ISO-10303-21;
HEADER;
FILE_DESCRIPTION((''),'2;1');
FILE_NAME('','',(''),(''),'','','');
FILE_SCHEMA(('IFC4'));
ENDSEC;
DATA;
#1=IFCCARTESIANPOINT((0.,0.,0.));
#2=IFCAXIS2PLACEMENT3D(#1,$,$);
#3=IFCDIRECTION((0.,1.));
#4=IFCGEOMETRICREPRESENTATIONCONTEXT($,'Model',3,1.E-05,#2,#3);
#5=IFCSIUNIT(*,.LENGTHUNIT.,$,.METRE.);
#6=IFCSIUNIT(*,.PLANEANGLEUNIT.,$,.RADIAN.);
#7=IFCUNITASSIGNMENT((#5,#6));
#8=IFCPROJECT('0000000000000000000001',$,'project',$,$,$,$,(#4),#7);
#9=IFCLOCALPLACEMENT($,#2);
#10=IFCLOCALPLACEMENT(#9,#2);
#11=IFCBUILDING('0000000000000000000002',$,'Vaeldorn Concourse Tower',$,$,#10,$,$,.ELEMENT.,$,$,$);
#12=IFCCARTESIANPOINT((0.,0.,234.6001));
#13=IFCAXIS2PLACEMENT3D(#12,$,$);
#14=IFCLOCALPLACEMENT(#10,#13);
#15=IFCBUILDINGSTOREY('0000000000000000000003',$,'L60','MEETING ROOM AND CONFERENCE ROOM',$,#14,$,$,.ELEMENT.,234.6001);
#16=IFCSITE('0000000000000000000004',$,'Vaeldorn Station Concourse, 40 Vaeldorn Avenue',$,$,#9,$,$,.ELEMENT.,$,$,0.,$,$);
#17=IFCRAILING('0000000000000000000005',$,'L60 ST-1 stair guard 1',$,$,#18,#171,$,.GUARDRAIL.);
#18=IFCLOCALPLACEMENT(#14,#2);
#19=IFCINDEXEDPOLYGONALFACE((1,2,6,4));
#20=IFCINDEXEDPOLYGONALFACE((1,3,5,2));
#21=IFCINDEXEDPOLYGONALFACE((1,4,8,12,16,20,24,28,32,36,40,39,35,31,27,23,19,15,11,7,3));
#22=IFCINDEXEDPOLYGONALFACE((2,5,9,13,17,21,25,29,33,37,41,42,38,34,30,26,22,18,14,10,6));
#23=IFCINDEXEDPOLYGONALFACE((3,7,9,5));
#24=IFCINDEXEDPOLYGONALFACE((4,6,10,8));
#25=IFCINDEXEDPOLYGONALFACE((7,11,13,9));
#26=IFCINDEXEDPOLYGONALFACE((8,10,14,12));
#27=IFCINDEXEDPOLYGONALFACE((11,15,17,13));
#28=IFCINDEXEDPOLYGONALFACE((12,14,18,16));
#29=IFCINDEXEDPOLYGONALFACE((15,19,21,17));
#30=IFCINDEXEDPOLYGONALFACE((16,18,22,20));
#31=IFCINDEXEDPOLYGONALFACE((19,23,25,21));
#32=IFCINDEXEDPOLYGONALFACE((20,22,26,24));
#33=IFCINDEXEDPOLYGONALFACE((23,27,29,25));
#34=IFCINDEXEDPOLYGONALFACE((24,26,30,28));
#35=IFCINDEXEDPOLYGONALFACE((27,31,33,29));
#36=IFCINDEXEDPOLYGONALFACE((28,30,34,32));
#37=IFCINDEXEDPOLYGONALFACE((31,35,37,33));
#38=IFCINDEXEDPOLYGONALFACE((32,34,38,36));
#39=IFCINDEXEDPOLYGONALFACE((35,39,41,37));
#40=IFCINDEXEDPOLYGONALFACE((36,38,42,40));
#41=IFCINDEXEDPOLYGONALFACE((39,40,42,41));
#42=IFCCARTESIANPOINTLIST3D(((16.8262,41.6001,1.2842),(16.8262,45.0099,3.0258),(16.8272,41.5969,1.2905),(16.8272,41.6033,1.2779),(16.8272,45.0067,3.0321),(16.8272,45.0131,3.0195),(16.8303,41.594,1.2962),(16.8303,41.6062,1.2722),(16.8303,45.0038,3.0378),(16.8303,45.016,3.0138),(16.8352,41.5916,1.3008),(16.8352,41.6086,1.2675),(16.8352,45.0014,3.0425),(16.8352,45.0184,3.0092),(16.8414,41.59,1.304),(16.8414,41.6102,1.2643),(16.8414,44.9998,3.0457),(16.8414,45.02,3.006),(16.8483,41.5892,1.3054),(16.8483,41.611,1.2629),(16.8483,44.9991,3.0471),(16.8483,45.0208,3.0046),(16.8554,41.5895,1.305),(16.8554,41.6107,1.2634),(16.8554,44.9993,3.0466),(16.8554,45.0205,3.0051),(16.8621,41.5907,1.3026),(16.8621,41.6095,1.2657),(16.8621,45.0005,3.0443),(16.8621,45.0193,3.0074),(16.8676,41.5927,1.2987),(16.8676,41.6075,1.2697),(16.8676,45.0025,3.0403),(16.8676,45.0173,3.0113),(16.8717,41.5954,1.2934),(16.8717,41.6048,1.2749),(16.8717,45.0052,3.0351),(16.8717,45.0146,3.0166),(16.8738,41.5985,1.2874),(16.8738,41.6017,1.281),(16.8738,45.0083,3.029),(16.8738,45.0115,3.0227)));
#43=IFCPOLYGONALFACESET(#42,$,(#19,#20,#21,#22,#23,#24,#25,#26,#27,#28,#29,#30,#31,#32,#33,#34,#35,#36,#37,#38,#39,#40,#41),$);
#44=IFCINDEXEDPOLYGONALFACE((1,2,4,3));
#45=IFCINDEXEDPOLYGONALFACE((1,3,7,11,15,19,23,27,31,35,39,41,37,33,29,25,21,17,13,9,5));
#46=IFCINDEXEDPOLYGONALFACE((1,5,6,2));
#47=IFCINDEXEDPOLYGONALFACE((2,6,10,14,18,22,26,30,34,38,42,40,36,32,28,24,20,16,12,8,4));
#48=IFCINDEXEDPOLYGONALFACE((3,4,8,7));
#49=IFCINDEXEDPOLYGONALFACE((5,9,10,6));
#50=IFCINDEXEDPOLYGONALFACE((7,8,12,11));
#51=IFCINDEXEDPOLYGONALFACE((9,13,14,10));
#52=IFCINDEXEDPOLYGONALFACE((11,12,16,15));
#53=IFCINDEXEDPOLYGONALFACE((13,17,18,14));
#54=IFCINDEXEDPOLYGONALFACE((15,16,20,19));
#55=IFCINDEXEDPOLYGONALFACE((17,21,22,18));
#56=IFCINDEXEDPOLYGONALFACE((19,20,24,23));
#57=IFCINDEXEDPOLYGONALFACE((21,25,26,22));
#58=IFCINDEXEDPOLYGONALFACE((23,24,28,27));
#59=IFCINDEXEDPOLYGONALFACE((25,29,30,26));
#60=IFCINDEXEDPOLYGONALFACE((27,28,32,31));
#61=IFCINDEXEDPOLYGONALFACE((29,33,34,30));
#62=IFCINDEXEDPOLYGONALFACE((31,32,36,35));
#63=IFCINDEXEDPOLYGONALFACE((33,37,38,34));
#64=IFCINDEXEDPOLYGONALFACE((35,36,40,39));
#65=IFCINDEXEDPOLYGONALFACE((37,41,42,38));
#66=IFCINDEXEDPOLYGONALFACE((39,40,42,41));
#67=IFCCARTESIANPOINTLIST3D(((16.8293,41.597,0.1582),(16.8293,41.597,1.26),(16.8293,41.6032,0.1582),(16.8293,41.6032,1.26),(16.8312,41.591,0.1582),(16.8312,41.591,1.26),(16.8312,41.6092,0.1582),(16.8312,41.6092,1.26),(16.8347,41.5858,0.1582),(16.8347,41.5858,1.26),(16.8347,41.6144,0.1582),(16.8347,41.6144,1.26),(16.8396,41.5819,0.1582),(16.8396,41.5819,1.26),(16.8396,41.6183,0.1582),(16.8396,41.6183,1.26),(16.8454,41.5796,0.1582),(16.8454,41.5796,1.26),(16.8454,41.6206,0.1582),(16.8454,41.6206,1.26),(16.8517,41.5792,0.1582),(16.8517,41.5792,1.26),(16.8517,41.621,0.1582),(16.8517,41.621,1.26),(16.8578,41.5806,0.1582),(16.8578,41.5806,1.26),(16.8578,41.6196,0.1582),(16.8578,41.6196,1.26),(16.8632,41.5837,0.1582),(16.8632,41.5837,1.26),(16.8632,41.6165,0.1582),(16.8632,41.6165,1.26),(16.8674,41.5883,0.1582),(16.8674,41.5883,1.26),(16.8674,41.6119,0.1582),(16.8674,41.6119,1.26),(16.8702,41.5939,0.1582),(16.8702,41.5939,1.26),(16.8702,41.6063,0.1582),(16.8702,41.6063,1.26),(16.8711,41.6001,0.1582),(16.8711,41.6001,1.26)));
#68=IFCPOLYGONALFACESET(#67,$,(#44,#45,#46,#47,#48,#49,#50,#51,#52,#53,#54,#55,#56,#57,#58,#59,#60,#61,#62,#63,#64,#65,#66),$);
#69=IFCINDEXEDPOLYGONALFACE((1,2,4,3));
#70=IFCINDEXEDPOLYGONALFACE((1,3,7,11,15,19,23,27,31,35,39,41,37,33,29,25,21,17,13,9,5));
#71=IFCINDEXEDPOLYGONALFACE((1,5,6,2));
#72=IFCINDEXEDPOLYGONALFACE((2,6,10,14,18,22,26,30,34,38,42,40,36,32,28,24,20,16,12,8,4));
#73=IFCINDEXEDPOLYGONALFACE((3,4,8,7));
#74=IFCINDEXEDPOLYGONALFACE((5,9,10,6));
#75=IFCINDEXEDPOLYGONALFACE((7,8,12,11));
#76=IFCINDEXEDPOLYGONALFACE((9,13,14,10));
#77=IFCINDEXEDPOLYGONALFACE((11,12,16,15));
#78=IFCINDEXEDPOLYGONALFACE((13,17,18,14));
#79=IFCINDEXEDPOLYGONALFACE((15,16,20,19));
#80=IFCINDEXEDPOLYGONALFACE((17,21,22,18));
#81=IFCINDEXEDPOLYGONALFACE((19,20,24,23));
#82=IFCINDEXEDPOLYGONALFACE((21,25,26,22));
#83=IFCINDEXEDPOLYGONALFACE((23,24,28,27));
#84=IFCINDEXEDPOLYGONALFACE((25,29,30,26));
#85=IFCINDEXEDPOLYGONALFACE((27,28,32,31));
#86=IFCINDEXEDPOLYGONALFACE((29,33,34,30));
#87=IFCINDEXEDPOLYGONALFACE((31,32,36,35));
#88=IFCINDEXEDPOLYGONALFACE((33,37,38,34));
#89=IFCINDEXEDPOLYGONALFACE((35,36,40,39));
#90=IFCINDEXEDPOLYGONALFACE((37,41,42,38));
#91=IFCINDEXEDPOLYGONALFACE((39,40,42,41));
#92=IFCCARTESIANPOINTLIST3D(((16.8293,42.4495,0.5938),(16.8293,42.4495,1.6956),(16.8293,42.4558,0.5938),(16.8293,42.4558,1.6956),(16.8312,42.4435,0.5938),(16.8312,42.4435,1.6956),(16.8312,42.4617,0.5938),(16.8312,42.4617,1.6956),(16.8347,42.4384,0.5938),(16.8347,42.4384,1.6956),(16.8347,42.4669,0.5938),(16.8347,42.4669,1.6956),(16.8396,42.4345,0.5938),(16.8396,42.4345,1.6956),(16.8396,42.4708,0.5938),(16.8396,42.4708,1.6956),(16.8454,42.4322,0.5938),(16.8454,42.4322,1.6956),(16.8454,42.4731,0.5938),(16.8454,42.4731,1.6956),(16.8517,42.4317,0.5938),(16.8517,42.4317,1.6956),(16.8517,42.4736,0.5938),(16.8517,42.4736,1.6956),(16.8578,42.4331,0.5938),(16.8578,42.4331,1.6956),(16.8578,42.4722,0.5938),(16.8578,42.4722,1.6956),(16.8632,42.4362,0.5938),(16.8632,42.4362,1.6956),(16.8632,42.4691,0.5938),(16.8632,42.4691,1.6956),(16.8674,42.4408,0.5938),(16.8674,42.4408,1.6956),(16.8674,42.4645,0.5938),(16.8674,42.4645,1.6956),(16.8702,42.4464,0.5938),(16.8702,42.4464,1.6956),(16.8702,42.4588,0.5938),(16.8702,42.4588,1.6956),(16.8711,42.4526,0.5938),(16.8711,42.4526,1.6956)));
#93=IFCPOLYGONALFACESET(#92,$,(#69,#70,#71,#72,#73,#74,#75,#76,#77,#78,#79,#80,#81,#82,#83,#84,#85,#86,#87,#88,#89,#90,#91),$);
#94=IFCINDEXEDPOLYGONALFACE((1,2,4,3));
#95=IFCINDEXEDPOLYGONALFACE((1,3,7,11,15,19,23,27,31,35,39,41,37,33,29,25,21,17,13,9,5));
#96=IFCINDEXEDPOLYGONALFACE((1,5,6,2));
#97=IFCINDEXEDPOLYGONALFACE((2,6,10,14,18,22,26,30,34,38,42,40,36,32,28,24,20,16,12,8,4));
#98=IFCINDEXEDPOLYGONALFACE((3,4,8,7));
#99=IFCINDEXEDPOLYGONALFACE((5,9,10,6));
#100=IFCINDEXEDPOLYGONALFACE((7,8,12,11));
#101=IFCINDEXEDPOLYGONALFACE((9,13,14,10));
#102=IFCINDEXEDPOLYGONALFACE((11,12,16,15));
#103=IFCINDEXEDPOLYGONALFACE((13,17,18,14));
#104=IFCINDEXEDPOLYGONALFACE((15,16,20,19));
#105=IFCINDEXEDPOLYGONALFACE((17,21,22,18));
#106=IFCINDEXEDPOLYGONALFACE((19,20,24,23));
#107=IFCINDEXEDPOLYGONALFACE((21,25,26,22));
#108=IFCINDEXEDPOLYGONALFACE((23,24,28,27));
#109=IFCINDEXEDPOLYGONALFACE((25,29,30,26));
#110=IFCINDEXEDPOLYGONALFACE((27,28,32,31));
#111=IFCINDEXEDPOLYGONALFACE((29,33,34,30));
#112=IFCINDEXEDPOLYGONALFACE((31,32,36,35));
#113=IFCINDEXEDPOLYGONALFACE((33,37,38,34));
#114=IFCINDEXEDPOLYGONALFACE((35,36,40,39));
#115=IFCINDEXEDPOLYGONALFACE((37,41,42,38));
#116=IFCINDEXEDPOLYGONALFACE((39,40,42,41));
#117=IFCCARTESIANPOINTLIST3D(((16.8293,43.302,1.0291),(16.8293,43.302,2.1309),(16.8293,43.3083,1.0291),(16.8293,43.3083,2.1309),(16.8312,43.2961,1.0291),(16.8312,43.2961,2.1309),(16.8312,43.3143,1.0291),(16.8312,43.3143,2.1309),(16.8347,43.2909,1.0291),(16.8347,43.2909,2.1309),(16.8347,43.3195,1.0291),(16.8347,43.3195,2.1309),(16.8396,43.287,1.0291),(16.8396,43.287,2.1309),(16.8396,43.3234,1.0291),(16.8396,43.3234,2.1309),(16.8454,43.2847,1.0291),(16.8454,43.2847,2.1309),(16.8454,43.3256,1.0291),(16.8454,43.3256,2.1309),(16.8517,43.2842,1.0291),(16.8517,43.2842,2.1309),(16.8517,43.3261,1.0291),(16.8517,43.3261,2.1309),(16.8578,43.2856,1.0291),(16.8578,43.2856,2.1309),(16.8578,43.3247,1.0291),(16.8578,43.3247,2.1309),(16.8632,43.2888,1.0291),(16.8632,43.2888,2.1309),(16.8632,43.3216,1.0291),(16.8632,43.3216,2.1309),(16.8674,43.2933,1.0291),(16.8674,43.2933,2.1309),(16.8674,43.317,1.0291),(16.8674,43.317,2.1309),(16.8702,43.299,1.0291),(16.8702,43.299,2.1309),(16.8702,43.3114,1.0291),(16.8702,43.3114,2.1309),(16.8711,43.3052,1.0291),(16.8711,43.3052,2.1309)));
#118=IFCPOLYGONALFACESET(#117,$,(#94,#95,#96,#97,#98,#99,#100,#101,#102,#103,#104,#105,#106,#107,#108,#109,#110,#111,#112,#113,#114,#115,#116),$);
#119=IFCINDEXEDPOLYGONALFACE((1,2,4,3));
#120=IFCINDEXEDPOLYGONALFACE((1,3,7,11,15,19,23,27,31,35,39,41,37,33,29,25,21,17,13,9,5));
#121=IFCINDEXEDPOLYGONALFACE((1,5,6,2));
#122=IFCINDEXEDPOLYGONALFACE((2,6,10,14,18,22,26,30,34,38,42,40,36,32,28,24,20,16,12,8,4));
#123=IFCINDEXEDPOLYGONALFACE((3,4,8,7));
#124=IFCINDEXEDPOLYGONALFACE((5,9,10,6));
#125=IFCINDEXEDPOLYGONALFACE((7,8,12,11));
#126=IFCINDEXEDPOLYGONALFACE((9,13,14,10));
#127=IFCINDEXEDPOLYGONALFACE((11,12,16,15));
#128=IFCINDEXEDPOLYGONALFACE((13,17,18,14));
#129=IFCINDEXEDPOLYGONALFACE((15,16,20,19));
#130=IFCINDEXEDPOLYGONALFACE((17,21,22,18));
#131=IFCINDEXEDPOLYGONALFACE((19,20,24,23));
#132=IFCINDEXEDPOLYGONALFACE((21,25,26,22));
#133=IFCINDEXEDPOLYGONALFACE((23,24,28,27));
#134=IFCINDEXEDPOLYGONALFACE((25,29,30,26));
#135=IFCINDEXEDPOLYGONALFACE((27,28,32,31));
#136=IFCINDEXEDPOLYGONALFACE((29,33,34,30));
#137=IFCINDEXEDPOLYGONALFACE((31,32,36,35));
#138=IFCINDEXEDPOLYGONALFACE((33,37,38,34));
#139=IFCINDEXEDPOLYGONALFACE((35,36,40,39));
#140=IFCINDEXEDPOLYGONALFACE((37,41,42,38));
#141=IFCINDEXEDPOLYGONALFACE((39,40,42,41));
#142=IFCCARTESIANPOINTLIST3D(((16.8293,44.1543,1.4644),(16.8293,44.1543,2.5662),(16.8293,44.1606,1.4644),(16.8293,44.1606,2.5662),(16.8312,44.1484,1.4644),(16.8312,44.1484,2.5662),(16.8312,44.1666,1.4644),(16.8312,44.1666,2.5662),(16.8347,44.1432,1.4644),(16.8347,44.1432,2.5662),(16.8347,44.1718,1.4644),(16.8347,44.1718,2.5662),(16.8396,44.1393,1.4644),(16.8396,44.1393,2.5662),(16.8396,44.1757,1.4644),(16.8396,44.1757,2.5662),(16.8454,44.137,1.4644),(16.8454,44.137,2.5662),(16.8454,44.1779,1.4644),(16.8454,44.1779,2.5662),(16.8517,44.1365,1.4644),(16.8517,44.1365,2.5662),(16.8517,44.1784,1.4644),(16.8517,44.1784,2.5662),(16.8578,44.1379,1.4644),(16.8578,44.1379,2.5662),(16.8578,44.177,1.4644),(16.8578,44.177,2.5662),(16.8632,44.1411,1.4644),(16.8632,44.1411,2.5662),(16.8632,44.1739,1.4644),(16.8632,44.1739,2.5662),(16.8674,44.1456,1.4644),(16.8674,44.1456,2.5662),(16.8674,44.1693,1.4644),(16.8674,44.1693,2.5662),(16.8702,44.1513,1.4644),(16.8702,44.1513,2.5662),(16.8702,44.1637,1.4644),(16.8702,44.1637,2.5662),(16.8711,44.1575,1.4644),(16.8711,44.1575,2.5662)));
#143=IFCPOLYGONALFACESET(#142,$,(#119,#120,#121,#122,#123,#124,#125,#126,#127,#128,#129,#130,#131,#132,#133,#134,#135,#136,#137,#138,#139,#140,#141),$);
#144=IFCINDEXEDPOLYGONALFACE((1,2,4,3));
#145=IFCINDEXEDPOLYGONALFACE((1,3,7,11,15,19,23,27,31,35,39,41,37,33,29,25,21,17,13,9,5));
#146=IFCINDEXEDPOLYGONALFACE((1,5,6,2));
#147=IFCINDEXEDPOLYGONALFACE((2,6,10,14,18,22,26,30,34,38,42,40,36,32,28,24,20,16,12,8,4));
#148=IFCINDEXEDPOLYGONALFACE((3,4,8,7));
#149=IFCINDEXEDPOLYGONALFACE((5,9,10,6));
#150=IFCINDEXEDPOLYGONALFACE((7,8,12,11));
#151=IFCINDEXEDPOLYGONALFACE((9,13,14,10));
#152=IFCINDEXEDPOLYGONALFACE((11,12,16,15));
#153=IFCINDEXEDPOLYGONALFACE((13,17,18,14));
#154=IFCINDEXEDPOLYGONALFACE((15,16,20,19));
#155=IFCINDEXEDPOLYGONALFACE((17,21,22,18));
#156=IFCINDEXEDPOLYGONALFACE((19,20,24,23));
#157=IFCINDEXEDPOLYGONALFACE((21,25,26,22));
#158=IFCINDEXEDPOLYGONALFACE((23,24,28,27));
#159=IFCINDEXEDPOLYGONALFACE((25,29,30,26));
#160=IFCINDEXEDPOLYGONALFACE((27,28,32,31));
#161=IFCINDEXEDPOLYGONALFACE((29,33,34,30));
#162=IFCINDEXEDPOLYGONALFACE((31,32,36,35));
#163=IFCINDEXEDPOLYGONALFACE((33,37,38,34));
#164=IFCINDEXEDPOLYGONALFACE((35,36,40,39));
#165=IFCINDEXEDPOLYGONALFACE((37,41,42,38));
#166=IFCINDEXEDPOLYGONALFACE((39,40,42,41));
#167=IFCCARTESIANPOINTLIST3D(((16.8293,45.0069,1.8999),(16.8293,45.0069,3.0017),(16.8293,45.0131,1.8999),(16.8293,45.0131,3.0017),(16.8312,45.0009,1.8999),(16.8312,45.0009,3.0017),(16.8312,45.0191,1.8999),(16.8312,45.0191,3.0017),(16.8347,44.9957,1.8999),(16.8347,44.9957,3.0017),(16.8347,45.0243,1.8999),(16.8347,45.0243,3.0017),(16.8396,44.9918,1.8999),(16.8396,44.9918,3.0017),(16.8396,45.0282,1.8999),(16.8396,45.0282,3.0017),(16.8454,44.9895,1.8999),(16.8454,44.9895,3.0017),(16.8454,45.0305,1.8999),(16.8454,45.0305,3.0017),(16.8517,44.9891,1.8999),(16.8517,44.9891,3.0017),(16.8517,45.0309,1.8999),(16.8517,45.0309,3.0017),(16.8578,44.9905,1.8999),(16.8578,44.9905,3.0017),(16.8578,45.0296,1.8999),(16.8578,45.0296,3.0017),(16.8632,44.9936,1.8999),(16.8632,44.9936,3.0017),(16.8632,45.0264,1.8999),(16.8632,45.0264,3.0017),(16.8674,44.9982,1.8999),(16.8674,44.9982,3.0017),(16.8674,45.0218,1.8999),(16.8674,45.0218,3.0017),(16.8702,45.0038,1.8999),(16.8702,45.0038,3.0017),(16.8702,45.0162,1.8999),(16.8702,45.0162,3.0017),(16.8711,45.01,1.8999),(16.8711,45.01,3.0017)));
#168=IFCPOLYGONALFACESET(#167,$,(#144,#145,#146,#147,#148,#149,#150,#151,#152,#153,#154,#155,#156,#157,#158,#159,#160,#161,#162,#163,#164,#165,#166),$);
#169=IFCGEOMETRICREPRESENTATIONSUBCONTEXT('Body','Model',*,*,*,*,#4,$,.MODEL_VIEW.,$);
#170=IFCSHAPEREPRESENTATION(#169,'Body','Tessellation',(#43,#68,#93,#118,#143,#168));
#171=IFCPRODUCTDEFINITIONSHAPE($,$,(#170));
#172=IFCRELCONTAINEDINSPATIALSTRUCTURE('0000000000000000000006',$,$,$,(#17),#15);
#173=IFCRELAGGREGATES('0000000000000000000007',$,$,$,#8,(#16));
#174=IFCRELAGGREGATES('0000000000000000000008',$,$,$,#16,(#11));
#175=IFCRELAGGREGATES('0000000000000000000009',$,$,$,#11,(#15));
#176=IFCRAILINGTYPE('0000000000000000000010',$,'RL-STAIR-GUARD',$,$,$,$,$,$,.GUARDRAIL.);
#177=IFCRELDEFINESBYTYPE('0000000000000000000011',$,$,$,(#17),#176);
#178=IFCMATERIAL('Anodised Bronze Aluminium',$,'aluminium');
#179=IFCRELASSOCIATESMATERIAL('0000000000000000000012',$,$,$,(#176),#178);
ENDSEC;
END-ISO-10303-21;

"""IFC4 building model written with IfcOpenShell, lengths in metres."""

from ifc_helpers import new_model, si_unit, direction, frame, origin, origin_2d, place, context, subcontext, project, spatial, circle, extrude, material, type_object, element, save


model = new_model("IFC4")

# Units and contexts
model_context = context("Model", 3, precision=1e-05, world=origin(), true_north=direction((0.0, 1.0)))
body_context = subcontext(model_context, "Body", "Model", "MODEL_VIEW")
ifc_project = project(units=[si_unit("LENGTHUNIT", "METRE"), si_unit("PLANEANGLEUNIT", "RADIAN")], contexts=[model_context])

# Site, building, storey
site_placement = place(None, origin())
site = spatial("IfcSite", under=ifc_project, at=site_placement, Name="Vaeldorn Station Concourse, 40 Vaeldorn Avenue", CompositionType="ELEMENT", RefElevation=0.0)
building_placement = place(site_placement, origin())
building = spatial("IfcBuilding", under=site, at=building_placement, Name="Vaeldorn Concourse Tower", CompositionType="ELEMENT")
storey_placement = place(building_placement, frame((0.0, 0.0, 234.6001)))
storey = spatial("IfcBuildingStorey", under=building, at=storey_placement, Name="L60", Description="MEETING ROOM AND CONFERENCE ROOM", CompositionType="ELEMENT", Elevation=234.6001)

# Shared definitions
ifc_material_1 = material(Name="Anodised Bronze Aluminium", Category="aluminium")

# Railing
railing_type_1 = type_object("IfcRailingType", Name="RL-STAIR-GUARD", PredefinedType="GUARDRAIL", material=ifc_material_1)
railing_1_placement = place(storey_placement, frame((16.8501, 41.6001, 0.1582)))
element("IfcRailing", 1, at=railing_1_placement, inside=storey, type_object=railing_type_1, Name="L60 ST-1 stair guard 1", PredefinedType="GUARDRAIL", context=body_context, shape_type="SweptSolid", body=[
    extrude(circle(Radius=0.0239, at=origin_2d()), frame((0.0, 0.0, 1.126), z_axis=(0.0, 0.890556, 0.454874), x_axis=(-1.0, 0.0, 0.0)), (0.0, 0.0, 1.0), 3.8289),
    extrude(circle(Radius=0.021, at=origin_2d()), origin(), (0.0, 0.0, 1.0), 1.1018),
    extrude(circle(Radius=0.021, at=origin_2d()), frame((0.0, 0.8525, 0.4355)), (0.0, 0.0, 1.0), 1.1018),
    extrude(circle(Radius=0.021, at=origin_2d()), frame((0.0, 1.7051, 0.8708)), (0.0, 0.0, 1.0), 1.1018),
    extrude(circle(Radius=0.021, at=origin_2d()), frame((0.0, 2.5574, 1.3062)), (0.0, 0.0, 1.0), 1.1018),
    extrude(circle(Radius=0.021, at=origin_2d()), frame((0.0, 3.4099, 1.7417)), (0.0, 0.0, 1.0), 1.1018),
])

save(model, "model.ifc")
